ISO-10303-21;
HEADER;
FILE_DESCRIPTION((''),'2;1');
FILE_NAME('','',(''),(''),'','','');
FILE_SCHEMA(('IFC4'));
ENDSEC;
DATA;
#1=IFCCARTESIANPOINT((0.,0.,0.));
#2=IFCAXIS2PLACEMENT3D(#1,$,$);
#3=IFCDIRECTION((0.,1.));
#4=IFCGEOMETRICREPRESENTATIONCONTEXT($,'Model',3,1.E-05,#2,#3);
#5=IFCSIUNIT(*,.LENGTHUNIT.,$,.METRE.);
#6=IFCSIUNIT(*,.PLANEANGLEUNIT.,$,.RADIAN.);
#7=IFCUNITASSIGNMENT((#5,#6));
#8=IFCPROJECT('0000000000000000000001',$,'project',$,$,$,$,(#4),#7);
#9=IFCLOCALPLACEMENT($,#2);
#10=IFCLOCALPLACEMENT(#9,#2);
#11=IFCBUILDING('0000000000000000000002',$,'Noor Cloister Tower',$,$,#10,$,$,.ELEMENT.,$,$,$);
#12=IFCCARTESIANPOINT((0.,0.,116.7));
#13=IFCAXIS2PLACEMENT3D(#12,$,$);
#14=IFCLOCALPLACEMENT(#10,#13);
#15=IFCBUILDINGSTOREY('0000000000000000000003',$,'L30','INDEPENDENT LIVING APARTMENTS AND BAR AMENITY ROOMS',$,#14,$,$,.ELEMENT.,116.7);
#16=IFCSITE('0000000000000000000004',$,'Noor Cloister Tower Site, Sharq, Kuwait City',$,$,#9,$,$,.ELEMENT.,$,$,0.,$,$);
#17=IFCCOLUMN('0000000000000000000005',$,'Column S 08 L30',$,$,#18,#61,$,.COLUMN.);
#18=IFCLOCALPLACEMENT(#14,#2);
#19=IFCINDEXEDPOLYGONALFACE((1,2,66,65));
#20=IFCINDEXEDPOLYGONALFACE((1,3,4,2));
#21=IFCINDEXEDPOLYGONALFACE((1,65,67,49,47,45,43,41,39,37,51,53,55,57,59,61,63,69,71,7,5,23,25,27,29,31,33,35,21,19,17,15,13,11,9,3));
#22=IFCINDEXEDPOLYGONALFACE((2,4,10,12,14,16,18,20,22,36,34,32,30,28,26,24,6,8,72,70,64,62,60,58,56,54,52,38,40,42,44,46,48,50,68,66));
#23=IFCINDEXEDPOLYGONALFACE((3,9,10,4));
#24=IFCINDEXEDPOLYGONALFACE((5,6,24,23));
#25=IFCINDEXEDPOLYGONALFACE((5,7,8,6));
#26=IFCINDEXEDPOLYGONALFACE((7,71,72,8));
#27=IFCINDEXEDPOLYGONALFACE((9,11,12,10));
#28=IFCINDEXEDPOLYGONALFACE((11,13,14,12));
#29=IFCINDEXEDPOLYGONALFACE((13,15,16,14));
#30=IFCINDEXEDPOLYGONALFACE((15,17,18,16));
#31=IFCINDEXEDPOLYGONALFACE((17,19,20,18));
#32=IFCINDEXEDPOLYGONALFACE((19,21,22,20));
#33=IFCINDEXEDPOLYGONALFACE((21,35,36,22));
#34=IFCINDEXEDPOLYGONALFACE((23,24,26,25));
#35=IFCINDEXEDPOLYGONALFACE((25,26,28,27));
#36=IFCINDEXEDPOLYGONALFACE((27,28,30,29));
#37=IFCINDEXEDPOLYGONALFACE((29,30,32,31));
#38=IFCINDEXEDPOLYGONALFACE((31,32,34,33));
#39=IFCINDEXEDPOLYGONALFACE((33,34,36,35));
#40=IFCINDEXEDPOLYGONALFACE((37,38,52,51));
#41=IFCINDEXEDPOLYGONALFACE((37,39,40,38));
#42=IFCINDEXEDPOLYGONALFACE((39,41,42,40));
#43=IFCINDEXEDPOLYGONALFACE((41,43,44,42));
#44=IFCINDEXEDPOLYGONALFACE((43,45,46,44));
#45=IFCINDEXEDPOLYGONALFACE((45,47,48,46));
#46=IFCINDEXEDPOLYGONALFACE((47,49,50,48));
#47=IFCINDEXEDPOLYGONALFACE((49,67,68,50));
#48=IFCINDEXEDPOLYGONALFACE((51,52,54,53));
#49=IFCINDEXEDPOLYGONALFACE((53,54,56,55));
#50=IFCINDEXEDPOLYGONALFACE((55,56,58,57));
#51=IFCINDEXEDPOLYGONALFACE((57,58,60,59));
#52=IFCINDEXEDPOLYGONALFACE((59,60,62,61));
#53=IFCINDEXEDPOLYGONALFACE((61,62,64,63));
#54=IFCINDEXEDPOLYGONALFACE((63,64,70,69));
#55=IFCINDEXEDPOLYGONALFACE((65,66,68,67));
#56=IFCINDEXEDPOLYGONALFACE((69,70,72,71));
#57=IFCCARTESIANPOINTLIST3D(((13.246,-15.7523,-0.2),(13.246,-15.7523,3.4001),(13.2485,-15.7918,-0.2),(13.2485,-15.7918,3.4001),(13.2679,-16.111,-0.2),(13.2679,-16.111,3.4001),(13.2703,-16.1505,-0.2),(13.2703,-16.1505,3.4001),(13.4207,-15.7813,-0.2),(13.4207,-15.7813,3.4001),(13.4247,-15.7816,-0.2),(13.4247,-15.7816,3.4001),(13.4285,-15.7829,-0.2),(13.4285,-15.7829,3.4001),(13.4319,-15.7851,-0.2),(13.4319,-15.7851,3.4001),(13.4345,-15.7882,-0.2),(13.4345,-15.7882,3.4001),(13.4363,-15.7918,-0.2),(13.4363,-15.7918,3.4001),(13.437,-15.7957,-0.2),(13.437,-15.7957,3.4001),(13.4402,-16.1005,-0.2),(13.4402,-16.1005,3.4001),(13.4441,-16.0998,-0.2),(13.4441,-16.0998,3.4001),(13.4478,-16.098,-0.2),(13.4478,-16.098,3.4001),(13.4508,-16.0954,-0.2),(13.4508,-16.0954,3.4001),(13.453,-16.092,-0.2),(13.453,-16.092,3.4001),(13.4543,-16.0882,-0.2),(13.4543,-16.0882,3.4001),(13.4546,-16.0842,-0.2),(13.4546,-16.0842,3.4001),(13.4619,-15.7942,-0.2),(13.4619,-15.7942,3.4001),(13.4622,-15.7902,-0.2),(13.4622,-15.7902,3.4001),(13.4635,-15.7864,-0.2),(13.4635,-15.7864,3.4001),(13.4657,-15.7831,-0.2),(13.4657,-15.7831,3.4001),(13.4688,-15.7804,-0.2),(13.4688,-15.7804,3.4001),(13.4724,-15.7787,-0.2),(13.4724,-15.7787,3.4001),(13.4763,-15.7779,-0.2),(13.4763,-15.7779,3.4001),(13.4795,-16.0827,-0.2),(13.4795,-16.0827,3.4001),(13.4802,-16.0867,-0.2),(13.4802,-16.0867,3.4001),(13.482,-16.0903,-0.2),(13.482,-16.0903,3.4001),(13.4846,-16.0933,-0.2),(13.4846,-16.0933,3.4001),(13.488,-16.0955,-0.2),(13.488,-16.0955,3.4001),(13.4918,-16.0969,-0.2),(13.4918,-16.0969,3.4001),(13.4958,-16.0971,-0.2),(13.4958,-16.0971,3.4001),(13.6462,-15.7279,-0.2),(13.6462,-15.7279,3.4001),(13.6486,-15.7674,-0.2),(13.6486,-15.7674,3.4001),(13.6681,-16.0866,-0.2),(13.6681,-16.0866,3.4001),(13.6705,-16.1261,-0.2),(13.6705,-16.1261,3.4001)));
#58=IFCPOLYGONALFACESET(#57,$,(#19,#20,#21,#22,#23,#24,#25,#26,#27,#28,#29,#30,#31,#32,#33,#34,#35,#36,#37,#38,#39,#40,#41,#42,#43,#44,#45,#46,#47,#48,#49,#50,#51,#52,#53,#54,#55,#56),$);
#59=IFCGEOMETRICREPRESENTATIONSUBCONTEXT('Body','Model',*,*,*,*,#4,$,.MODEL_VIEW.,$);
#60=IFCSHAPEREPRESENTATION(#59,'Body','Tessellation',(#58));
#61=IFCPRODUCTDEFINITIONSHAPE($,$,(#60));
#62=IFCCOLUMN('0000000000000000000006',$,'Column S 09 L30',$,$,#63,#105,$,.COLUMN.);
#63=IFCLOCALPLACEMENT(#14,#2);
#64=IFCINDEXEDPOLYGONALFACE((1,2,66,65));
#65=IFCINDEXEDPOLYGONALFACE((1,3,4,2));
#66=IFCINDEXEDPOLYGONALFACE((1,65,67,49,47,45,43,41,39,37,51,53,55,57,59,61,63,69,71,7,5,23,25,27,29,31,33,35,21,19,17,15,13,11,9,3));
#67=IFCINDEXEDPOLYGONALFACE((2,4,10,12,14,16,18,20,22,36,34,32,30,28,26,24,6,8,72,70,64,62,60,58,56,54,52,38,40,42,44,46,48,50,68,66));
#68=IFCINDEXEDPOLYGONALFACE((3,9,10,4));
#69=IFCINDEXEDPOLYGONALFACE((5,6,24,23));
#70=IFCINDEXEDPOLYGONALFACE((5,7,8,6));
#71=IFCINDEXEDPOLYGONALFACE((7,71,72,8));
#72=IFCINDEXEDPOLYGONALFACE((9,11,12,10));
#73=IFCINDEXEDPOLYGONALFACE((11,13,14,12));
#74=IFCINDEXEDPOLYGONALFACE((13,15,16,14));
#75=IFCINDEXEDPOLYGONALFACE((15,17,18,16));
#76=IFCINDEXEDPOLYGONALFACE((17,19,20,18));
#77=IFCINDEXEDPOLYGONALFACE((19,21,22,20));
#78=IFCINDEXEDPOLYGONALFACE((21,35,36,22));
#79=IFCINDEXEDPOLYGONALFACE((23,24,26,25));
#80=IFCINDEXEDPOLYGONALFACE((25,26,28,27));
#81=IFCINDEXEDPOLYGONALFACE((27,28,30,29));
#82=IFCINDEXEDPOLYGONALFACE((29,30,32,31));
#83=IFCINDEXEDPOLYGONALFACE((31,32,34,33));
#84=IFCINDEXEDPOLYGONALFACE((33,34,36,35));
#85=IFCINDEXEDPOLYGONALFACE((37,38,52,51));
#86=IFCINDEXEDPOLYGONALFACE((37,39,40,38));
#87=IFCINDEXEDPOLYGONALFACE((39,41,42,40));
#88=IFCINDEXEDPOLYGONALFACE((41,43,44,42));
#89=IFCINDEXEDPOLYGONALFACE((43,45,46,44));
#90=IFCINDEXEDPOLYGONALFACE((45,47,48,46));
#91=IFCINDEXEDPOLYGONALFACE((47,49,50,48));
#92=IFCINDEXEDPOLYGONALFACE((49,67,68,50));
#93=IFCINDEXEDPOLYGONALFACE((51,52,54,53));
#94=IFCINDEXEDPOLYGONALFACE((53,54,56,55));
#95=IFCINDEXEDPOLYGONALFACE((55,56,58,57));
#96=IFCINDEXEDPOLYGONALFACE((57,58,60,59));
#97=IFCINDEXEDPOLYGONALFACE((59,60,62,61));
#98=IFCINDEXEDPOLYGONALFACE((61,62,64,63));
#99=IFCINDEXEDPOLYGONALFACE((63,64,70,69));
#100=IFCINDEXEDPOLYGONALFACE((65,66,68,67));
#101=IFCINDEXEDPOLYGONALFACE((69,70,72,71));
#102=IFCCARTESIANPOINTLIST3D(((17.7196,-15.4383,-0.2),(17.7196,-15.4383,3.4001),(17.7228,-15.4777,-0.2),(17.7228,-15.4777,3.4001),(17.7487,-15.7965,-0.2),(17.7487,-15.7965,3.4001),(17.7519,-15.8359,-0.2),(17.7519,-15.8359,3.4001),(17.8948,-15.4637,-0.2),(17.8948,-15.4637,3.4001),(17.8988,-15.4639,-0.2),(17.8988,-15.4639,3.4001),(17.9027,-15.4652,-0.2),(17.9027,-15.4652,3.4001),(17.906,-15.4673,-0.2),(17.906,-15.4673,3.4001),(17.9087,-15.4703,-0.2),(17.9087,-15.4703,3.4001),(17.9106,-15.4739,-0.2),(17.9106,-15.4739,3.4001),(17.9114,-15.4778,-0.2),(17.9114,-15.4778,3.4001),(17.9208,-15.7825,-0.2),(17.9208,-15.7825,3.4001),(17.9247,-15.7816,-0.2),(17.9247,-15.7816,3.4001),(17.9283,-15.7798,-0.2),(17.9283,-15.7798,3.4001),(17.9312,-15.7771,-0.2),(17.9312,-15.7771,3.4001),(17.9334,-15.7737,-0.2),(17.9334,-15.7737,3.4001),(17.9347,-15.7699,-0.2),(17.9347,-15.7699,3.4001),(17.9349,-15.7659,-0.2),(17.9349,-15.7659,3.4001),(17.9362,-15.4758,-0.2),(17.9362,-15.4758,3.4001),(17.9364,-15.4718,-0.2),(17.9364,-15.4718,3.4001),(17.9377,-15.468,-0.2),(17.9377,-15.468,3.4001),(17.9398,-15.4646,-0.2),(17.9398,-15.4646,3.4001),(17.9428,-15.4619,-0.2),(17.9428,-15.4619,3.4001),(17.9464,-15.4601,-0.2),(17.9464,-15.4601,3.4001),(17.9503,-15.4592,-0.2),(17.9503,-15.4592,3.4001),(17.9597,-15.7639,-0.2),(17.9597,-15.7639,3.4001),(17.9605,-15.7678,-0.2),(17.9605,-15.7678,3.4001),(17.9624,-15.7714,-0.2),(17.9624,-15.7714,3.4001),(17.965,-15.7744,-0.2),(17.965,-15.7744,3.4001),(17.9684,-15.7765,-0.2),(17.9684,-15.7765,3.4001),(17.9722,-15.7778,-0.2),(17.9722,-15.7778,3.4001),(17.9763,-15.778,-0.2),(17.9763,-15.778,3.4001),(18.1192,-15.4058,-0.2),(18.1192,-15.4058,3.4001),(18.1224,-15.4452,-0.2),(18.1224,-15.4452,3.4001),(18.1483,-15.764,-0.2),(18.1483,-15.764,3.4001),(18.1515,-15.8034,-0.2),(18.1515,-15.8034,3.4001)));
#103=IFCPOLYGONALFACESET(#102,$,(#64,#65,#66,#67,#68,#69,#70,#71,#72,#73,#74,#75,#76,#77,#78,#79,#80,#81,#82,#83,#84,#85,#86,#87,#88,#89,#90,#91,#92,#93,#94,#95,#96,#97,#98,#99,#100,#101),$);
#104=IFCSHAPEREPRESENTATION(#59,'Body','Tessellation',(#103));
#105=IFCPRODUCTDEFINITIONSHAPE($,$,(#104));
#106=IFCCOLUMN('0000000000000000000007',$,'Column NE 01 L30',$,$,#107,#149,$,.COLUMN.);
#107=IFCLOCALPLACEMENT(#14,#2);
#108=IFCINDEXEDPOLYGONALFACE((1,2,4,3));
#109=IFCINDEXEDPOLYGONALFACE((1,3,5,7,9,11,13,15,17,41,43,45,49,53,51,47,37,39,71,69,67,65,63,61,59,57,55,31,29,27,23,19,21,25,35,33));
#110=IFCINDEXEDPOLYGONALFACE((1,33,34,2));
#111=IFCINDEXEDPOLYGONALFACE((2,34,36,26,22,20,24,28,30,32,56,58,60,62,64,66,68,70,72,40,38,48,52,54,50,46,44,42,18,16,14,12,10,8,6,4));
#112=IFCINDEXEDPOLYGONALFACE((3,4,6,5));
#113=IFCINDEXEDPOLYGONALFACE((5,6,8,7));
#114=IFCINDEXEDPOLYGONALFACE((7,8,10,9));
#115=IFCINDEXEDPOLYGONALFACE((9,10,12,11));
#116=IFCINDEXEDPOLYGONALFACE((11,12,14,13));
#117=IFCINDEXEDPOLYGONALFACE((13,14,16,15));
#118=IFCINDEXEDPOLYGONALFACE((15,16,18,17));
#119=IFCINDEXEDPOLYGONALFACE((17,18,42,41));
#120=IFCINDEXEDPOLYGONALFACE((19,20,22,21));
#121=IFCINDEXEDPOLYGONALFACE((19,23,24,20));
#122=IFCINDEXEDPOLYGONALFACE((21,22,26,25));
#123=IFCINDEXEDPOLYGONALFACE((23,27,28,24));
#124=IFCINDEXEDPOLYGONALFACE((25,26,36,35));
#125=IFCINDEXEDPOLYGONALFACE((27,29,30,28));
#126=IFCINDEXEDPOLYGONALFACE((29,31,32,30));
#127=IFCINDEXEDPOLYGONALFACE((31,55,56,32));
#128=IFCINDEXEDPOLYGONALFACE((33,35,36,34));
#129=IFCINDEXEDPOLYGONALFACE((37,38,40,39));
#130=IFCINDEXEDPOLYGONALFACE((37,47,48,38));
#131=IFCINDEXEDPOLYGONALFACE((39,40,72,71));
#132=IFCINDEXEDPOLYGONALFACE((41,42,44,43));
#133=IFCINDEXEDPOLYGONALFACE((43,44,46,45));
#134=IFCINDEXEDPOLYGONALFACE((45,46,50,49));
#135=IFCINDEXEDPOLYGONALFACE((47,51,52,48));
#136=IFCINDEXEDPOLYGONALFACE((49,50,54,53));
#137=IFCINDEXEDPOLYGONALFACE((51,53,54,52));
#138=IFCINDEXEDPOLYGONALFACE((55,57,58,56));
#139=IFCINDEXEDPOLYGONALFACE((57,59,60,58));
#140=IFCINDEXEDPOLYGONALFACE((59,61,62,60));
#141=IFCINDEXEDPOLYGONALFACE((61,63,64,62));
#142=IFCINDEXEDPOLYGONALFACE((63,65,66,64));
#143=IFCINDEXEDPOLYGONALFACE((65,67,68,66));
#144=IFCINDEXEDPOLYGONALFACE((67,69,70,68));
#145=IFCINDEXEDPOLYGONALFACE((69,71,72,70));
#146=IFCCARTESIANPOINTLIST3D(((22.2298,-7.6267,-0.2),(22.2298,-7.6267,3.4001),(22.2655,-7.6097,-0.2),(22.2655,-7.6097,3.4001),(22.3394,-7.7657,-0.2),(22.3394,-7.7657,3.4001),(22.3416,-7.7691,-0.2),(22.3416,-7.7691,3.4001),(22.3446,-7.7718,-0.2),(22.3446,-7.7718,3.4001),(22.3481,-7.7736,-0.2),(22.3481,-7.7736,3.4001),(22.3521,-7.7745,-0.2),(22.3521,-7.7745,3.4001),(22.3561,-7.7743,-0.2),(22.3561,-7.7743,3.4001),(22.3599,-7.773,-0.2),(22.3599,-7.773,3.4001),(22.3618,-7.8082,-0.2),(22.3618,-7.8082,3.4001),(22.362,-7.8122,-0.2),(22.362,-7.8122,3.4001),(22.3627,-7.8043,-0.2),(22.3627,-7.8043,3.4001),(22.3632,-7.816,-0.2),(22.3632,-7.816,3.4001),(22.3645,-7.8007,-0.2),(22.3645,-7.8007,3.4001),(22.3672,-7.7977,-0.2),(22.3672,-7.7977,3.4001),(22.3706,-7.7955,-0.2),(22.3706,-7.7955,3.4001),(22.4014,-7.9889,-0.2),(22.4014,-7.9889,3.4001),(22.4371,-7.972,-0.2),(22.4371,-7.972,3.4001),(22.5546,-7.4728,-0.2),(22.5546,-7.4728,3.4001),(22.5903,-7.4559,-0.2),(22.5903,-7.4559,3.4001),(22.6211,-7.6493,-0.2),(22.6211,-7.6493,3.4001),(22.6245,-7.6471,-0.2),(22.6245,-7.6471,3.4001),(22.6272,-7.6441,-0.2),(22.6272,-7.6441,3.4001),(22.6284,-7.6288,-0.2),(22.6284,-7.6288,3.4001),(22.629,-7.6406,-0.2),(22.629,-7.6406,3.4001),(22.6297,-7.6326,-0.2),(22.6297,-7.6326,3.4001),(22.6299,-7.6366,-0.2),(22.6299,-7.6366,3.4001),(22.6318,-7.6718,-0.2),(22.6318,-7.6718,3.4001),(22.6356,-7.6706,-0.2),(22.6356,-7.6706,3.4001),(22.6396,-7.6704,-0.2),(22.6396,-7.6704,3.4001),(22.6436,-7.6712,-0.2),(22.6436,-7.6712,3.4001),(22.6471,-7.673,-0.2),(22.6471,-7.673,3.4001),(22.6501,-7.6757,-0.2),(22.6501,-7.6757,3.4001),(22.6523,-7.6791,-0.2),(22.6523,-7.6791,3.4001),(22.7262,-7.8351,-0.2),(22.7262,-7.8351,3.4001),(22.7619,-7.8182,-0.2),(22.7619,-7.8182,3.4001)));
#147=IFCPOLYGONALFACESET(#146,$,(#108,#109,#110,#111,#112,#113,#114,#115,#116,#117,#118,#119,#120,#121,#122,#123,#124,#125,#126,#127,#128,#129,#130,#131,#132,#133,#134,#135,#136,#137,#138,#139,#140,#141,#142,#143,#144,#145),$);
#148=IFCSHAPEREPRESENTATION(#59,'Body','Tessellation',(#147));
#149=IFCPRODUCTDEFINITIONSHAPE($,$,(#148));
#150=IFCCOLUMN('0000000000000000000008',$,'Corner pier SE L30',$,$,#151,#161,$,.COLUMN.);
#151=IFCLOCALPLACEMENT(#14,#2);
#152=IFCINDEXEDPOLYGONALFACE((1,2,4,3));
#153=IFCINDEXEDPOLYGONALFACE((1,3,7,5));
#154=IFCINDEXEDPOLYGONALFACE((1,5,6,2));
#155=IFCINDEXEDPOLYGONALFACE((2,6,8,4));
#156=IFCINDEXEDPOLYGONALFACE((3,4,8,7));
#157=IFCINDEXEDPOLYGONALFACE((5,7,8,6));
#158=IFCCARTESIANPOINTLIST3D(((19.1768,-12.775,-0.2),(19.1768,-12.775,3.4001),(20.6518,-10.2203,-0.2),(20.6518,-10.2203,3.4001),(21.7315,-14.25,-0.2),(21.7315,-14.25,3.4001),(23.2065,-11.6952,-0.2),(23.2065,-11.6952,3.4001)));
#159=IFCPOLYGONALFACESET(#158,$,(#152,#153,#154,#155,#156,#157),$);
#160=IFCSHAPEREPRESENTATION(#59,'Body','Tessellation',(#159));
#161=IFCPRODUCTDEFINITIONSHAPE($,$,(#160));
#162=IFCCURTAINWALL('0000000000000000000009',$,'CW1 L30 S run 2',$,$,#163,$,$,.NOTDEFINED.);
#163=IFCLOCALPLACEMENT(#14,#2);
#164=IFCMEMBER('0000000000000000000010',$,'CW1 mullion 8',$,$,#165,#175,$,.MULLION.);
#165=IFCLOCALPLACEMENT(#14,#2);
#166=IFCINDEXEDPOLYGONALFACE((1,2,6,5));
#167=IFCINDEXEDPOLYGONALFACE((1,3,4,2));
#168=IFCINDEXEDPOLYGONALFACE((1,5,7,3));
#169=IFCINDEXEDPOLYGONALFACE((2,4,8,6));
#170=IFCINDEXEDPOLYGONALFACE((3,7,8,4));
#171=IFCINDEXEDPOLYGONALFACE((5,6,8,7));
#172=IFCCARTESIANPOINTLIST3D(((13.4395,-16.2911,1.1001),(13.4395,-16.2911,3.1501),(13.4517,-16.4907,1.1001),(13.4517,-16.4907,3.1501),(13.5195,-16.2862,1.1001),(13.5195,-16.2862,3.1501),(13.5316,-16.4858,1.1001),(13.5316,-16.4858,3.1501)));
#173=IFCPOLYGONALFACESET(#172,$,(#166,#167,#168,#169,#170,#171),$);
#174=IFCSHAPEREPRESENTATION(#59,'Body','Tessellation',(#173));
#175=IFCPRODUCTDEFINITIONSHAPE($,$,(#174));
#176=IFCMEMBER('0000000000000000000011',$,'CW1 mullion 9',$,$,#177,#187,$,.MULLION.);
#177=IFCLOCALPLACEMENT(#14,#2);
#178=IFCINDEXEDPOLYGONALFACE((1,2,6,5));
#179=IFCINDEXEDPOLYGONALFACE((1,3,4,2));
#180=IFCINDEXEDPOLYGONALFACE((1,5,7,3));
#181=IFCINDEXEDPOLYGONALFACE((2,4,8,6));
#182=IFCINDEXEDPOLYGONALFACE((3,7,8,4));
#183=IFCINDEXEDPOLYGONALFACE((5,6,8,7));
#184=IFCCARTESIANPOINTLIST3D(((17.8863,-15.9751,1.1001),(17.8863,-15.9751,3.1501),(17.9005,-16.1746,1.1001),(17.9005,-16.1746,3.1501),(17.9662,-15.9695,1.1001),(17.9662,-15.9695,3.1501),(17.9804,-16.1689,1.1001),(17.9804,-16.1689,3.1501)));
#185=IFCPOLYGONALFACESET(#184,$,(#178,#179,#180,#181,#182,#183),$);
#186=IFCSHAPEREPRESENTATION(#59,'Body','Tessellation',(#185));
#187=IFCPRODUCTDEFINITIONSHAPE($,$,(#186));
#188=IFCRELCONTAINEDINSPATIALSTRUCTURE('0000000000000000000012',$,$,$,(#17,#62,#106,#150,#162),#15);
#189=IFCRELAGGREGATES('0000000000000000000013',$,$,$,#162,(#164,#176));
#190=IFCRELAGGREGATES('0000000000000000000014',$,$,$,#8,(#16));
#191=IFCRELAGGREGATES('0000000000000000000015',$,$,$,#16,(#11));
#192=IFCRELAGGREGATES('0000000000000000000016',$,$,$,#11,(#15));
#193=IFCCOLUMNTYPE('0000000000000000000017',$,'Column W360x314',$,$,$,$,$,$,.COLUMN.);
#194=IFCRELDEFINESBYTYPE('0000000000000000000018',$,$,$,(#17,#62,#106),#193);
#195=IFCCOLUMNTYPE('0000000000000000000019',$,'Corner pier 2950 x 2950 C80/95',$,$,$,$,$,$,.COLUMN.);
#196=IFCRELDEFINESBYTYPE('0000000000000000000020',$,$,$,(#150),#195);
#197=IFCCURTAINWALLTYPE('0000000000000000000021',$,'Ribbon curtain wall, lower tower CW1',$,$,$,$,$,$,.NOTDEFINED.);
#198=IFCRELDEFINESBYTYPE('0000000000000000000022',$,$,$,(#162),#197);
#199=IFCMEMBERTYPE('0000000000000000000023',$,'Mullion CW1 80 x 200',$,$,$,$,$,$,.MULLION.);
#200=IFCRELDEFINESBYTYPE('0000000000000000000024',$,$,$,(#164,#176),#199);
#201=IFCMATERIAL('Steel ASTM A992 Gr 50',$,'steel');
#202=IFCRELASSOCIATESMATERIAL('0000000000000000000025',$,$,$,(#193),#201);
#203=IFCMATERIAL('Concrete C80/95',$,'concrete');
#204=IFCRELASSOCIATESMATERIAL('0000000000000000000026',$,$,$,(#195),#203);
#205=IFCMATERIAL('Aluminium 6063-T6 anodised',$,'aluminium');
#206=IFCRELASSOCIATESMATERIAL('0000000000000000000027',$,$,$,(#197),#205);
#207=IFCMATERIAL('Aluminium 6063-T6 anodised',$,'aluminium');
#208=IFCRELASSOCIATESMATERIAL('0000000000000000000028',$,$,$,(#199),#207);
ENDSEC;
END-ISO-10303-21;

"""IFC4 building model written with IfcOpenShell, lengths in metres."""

from ifc_helpers import new_model, si_unit, direction, frame, origin, origin_2d, place, context, subcontext, project, spatial, rectangle, i_section, extrude, material, material_profile, profile_set, type_object, element, aggregate, save


model = new_model("IFC4")

# Units and contexts
model_context = context("Model", 3, precision=1e-05, world=origin(), true_north=direction((0.0, 1.0)))
body_context = subcontext(model_context, "Body", "Model", "MODEL_VIEW")
ifc_project = project(units=[si_unit("LENGTHUNIT", "METRE"), si_unit("PLANEANGLEUNIT", "RADIAN")], contexts=[model_context])

# Site, building, storey
site_placement = place(None, origin())
site = spatial("IfcSite", under=ifc_project, at=site_placement, Name="Noor Cloister Tower Site, Sharq, Kuwait City", CompositionType="ELEMENT", RefElevation=0.0)
building_placement = place(site_placement, origin())
building = spatial("IfcBuilding", under=site, at=building_placement, Name="Noor Cloister Tower", CompositionType="ELEMENT")
storey_placement = place(building_placement, frame((0.0, 0.0, 116.7)))
storey = spatial("IfcBuildingStorey", under=building, at=storey_placement, Name="L30", Description="INDEPENDENT LIVING APARTMENTS AND BAR AMENITY ROOMS", CompositionType="ELEMENT", Elevation=116.7)

# Columns
ifc_material_1 = material(Name="Steel ASTM A992 Gr 50", Category="steel")
ifc_material_profile_1 = material_profile(ifc_material_1, i_section(OverallWidth=0.4009, OverallDepth=0.3989, WebThickness=0.0249, FlangeThickness=0.0396, FilletRadius=0.0154, at=origin_2d()), Name="W360x314")
ifc_profile_set_1 = profile_set([ifc_material_profile_1], Name="Steel ASTM A992 Gr 50")
column_type_1 = type_object("IfcColumnType", Name="Column W360x314", PredefinedType="COLUMN", material=ifc_profile_set_1)
for number, where, z_axis, x_axis, name in (
    (1, (13.4583, -15.9392, -0.2), (0.0, 0.0, 1.0), (0.998147, 0.060847, 0.0), "Column S 08 L30"),
    (2, (17.9355, -15.6208, -0.2), (0.0, 0.0, 1.0), (0.996707, 0.08109, 0.0), "Column S 09 L30"),
    (3, (22.4958, -7.7224, -0.2), (0.0, 0.0, 1.0), (-0.428127, 0.903718, 0.0), "Column NE 01 L30"),
):
    element("IfcColumn", number, at=place(storey_placement, frame(where, z_axis=z_axis, x_axis=x_axis)), inside=storey, type_object=column_type_1, Name=name, PredefinedType="COLUMN", context=body_context, shape_type="SweptSolid", body=[
        extrude(i_section(OverallWidth=0.4009, OverallDepth=0.3989, WebThickness=0.0249, FlangeThickness=0.0396, FilletRadius=0.0154, at=origin_2d()), origin(), (0.0, 0.0, 1.0), 3.6001),
    ])
ifc_material_2 = material(Name="Concrete C80/95", Category="concrete")
ifc_material_profile_2 = material_profile(ifc_material_2, rectangle(XDim=2.95, YDim=2.95, at=origin_2d()), Name="RC 2950x2950")
ifc_profile_set_2 = profile_set([ifc_material_profile_2], Name="Concrete C80/95")
column_type_2 = type_object("IfcColumnType", Name="Corner pier 2950 x 2950 C80/95", PredefinedType="COLUMN", material=ifc_profile_set_2)
column_placement = place(storey_placement, frame((21.1917, -12.2351, -0.2), z_axis=(0.0, 0.0, 1.0), x_axis=(0.866025, -0.5, 0.0)))
element("IfcColumn", 4, at=column_placement, inside=storey, type_object=column_type_2, Name="Corner pier SE L30", PredefinedType="COLUMN", context=body_context, shape_type="SweptSolid", body=[
    extrude(rectangle(XDim=2.95, YDim=2.95, at=origin_2d()), origin(), (0.0, 0.0, 1.0), 3.6001),
])

# Curtain wall, members
ifc_material_3 = material(Name="Aluminium 6063-T6 anodised", Category="aluminium")
curtain_wall_type = type_object("IfcCurtainWallType", Name="Ribbon curtain wall, lower tower CW1", PredefinedType="NOTDEFINED", material=ifc_material_3)
curtain_wall_placement = place(storey_placement, origin())
curtain_wall = element("IfcCurtainWall", 5, at=curtain_wall_placement, inside=storey, type_object=curtain_wall_type, Name="CW1 L30 S run 2", PredefinedType="NOTDEFINED")
ifc_material_4 = material(Name="Aluminium 6063-T6 anodised", Category="aluminium")
ifc_material_profile_3 = material_profile(ifc_material_4, rectangle(XDim=0.2, YDim=0.0801, at=origin_2d()), Name="200 x 80 mullion")
ifc_profile_set_3 = profile_set([ifc_material_profile_3], Name="Aluminium 6063-T6 anodised")
member_type = type_object("IfcMemberType", Name="Mullion CW1 80 x 200", PredefinedType="MULLION", material=ifc_profile_set_3)
member_1_placement = place(storey_placement, frame((13.4856, -16.3884, 1.1001), z_axis=(0.0, 0.0, 1.0), x_axis=(-0.060847, 0.998147, 0.0)))
member_1 = element("IfcMember", 6, at=member_1_placement, type_object=member_type, Name="CW1 mullion 8", PredefinedType="MULLION", context=body_context, shape_type="SweptSolid", body=[
    extrude(rectangle(XDim=0.2, YDim=0.0801, at=origin_2d()), origin(), (0.0, 0.0, 1.0), 2.05),
])
member_2_placement = place(storey_placement, frame((17.9333, -16.072, 1.1001), z_axis=(0.0, 0.0, 1.0), x_axis=(-0.070972, 0.997478, 0.0)))
member_2 = element("IfcMember", 7, at=member_2_placement, type_object=member_type, Name="CW1 mullion 9", PredefinedType="MULLION", context=body_context, shape_type="SweptSolid", body=[
    extrude(rectangle(XDim=0.2, YDim=0.0801, at=origin_2d()), origin(), (0.0, 0.0, 1.0), 2.05),
])

aggregate(curtain_wall, [member_1, member_2])

save(model, "model.ifc")
